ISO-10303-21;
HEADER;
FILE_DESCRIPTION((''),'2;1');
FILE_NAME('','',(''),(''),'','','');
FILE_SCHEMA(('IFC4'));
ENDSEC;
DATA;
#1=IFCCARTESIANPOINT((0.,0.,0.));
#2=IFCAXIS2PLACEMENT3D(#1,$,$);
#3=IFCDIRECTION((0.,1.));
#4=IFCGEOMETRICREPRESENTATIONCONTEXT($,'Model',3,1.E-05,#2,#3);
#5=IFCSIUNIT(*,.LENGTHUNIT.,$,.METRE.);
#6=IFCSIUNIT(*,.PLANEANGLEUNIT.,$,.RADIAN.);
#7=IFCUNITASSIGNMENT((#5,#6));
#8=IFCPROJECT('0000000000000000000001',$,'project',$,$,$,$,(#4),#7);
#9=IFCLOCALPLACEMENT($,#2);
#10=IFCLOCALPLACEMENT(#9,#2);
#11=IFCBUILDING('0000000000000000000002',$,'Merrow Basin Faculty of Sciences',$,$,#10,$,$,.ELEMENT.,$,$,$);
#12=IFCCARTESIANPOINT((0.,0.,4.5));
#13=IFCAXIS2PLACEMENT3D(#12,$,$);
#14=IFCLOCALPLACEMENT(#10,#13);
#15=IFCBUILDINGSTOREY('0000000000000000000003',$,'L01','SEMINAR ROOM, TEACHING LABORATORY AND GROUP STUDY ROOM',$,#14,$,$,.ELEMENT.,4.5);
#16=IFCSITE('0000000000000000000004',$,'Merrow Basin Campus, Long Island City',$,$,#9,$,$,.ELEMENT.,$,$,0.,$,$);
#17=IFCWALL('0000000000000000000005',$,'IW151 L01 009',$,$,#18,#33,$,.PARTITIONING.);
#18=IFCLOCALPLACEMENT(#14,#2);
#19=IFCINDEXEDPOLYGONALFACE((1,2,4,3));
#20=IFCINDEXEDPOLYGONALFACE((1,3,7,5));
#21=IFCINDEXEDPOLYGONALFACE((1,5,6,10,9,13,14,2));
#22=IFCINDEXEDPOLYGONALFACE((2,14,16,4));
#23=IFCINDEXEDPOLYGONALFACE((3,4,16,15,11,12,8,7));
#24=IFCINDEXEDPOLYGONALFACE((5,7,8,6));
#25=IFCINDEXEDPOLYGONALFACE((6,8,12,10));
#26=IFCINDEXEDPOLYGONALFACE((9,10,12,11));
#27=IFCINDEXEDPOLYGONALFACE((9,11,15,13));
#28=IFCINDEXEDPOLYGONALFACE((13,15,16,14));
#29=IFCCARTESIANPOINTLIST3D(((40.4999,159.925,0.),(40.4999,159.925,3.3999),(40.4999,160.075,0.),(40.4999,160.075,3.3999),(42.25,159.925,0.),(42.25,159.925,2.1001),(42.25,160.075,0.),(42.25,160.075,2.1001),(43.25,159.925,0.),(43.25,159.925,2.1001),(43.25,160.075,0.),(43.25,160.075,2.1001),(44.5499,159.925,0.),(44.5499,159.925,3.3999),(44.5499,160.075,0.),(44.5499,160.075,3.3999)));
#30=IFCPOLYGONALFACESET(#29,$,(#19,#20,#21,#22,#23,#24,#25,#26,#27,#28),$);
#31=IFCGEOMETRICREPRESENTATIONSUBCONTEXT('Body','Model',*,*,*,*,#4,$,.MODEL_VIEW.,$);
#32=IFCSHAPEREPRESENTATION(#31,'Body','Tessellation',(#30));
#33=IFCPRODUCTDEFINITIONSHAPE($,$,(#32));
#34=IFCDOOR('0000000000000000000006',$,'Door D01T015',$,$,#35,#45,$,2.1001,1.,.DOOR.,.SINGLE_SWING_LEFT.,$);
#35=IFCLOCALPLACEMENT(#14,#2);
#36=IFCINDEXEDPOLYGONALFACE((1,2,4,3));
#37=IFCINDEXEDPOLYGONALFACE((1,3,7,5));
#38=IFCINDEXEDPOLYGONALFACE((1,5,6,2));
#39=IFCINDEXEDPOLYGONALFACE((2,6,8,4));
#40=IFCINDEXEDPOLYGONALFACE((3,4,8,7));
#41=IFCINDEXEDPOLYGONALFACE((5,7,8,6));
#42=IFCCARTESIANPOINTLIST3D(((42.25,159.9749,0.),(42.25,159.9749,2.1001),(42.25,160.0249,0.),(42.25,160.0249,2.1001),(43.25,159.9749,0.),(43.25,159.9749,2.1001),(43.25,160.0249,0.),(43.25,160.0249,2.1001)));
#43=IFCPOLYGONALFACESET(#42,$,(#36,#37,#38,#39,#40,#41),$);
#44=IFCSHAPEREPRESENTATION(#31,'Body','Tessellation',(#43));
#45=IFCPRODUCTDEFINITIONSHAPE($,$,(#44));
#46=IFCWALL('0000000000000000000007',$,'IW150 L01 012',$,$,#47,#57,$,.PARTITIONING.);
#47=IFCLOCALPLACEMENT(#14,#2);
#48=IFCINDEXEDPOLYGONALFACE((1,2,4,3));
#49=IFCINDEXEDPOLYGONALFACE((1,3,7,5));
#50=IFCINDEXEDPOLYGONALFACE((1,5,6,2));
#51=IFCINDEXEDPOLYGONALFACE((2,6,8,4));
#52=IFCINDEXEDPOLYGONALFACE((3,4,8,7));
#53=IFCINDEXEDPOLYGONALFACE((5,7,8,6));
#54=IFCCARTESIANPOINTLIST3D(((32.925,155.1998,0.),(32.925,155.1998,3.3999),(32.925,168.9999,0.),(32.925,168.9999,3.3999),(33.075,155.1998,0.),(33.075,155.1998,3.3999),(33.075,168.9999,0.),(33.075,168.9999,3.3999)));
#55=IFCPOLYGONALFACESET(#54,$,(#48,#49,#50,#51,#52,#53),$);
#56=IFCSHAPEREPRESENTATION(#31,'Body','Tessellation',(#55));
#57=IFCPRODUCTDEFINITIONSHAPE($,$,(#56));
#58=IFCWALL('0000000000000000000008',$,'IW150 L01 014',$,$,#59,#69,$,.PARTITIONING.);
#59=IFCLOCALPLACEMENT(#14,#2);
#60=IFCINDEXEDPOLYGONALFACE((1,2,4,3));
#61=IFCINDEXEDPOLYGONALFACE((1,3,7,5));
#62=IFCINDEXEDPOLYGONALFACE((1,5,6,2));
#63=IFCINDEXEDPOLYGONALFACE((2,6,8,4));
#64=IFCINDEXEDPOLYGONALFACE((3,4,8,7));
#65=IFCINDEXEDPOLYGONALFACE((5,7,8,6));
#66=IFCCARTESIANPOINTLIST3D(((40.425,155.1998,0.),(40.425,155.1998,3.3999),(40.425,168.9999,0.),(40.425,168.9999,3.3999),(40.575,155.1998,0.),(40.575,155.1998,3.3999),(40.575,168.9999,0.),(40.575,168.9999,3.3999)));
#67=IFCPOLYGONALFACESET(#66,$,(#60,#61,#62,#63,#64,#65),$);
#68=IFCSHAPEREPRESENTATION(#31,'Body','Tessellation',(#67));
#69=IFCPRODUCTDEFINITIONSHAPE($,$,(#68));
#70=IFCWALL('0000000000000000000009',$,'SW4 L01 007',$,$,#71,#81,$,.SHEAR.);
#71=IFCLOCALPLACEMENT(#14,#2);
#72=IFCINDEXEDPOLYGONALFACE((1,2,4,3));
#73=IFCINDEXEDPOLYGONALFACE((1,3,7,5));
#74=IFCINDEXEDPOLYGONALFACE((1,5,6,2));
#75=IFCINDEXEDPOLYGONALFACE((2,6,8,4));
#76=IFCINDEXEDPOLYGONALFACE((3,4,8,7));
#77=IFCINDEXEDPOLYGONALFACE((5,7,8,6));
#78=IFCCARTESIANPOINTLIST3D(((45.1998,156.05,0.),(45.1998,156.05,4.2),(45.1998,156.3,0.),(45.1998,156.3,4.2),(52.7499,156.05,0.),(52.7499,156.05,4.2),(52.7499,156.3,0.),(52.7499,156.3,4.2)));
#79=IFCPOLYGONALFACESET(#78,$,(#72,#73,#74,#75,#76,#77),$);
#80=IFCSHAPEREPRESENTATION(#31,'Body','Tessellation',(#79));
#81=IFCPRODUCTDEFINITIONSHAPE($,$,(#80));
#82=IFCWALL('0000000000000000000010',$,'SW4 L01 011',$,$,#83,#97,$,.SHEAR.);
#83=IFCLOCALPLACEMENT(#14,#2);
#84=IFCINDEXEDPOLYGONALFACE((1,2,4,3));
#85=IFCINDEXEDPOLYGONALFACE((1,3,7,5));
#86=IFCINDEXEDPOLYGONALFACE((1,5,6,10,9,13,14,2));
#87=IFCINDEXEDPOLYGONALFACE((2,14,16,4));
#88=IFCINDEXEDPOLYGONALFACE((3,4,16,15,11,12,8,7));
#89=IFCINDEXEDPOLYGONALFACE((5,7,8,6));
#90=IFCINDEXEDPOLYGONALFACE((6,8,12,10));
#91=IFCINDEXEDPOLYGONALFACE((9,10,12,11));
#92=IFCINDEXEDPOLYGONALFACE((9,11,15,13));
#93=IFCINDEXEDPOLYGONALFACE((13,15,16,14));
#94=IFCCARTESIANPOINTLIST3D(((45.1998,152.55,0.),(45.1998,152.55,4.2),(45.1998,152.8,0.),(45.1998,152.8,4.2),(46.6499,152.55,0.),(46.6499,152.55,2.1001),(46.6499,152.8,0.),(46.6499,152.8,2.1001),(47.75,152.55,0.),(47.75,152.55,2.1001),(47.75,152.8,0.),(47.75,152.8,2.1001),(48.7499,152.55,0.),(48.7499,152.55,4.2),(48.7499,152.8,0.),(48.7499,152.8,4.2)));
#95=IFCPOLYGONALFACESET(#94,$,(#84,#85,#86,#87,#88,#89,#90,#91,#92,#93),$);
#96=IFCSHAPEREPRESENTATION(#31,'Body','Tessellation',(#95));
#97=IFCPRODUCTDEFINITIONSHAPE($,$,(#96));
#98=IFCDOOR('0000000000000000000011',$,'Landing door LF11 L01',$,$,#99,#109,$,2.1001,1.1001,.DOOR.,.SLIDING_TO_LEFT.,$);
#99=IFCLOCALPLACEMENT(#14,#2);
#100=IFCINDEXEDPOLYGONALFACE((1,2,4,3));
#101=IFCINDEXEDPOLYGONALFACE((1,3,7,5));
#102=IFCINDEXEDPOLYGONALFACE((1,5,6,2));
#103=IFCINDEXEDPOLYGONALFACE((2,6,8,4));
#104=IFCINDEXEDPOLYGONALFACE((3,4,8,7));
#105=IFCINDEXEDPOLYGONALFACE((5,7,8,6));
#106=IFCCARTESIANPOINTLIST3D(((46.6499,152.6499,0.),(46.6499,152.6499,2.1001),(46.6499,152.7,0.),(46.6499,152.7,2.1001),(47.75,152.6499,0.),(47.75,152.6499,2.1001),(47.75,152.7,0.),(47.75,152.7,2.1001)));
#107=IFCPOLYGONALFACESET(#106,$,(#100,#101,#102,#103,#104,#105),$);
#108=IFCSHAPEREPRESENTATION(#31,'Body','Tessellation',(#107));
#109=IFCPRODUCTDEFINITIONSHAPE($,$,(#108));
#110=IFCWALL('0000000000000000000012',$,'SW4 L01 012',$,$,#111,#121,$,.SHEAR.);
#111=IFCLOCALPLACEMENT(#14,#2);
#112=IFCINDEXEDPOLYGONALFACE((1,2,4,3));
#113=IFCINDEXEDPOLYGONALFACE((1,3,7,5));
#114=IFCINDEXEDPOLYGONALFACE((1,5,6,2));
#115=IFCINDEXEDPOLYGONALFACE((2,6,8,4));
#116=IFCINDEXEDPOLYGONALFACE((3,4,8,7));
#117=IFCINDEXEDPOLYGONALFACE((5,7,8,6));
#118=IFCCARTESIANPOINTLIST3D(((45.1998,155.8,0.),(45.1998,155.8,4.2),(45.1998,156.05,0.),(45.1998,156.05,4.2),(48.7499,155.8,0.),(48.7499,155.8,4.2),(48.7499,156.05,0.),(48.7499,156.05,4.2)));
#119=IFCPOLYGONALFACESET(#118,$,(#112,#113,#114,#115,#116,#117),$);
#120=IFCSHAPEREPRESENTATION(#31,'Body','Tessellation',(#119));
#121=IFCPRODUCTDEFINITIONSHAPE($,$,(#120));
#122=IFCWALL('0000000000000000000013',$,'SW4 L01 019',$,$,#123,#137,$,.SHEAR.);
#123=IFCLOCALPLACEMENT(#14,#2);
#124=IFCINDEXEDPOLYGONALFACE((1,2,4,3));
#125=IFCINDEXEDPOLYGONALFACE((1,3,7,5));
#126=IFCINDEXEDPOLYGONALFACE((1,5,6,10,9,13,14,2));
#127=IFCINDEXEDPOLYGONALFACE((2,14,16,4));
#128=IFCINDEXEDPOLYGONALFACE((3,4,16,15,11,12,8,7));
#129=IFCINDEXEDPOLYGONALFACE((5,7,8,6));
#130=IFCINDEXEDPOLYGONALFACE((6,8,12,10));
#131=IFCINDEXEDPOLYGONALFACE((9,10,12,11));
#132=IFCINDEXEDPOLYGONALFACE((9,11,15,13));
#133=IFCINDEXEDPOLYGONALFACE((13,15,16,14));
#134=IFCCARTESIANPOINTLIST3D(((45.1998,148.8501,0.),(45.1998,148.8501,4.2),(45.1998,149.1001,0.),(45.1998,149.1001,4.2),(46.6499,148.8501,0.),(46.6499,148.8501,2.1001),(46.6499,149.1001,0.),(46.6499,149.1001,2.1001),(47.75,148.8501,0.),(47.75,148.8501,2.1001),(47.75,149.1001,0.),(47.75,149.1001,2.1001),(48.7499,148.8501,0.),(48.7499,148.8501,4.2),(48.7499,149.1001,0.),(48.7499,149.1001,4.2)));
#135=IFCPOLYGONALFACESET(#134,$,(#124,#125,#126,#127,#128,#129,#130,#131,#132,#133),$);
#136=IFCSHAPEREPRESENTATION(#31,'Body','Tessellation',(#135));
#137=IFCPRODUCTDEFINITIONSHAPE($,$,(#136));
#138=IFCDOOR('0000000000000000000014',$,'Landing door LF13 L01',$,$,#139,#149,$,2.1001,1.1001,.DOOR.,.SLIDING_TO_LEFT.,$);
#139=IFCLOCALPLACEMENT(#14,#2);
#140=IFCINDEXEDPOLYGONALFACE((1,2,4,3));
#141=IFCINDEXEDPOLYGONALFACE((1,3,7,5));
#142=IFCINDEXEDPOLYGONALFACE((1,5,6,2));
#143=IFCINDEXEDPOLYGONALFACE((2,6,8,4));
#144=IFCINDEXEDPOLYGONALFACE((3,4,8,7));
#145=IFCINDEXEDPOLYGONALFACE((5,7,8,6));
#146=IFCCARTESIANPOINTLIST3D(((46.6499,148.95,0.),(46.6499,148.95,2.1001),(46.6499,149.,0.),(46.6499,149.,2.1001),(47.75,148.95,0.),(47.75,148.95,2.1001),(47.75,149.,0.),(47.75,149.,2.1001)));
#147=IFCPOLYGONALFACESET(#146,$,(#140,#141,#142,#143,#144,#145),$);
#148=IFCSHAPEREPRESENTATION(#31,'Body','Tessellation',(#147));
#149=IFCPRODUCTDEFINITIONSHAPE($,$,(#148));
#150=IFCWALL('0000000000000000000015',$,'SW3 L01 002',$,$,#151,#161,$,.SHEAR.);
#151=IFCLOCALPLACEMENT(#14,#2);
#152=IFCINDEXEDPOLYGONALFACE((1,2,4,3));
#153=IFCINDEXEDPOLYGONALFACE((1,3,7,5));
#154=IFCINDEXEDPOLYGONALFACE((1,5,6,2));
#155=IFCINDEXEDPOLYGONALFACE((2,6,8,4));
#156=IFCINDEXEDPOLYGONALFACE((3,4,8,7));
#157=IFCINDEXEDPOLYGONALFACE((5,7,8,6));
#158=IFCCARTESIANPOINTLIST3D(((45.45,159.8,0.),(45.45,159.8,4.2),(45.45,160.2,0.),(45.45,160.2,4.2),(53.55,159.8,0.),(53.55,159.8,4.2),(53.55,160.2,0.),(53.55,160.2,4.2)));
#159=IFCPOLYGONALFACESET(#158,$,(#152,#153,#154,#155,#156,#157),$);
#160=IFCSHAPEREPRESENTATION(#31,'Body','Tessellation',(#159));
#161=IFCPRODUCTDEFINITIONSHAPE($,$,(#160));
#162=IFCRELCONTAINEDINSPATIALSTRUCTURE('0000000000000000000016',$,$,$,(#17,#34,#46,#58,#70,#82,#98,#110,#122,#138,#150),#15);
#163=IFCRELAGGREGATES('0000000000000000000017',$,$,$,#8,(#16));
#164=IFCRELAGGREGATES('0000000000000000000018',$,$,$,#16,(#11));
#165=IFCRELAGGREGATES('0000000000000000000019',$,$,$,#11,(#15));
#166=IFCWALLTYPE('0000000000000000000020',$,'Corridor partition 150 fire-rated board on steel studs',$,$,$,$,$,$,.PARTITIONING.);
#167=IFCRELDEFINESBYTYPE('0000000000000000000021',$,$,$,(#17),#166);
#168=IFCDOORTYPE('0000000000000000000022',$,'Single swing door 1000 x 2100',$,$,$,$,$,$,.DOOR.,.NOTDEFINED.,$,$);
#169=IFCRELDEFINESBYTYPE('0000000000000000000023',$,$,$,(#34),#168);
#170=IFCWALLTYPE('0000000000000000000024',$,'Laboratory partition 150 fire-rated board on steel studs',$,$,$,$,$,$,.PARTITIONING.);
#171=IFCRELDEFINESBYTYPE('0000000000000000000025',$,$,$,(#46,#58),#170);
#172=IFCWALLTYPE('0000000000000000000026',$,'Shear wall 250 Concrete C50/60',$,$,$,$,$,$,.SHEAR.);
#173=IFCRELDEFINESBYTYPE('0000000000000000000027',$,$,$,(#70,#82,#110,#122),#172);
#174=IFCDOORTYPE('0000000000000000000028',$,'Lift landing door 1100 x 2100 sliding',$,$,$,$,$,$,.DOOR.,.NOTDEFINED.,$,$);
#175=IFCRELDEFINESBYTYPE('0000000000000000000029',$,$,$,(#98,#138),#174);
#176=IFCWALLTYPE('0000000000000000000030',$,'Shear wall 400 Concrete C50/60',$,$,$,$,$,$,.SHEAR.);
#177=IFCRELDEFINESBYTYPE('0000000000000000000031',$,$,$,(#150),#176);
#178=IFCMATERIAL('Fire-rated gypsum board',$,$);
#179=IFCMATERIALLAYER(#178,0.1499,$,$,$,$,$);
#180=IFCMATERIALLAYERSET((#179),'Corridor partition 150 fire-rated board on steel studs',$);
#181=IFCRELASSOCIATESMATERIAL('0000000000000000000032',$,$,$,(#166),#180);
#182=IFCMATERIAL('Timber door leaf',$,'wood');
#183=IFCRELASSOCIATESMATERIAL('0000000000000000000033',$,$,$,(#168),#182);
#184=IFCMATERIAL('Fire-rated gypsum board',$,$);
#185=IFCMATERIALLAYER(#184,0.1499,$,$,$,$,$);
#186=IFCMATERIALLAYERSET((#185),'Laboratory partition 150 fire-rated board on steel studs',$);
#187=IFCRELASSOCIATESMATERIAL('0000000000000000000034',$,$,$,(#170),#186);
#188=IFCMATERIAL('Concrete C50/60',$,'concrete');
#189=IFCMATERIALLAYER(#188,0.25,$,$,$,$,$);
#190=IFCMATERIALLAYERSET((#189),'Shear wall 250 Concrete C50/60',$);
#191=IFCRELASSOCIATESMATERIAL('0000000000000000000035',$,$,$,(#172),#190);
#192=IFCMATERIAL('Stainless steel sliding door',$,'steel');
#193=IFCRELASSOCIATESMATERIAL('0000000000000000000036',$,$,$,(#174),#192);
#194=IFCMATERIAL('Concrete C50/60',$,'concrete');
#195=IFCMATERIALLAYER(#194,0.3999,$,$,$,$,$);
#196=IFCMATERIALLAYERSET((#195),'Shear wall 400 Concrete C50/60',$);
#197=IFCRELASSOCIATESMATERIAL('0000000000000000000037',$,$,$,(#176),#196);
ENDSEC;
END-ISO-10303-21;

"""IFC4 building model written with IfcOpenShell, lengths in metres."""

from ifc_helpers import new_model, si_unit, direction, frame, frame_2d, origin, place, context, subcontext, project, spatial, rectangle, extrude, material, layer, layer_set, type_object, element, fill, save


model = new_model("IFC4")

# Units and contexts
model_context = context("Model", 3, precision=1e-05, world=origin(), true_north=direction((0.0, 1.0)))
body_context = subcontext(model_context, "Body", "Model", "MODEL_VIEW")
ifc_project = project(units=[si_unit("LENGTHUNIT", "METRE"), si_unit("PLANEANGLEUNIT", "RADIAN")], contexts=[model_context])

# Site, building, storey
site_placement = place(None, origin())
site = spatial("IfcSite", under=ifc_project, at=site_placement, Name="Merrow Basin Campus, Long Island City", CompositionType="ELEMENT", RefElevation=0.0)
building_placement = place(site_placement, origin())
building = spatial("IfcBuilding", under=site, at=building_placement, Name="Merrow Basin Faculty of Sciences", CompositionType="ELEMENT")
storey_placement = place(building_placement, frame((0.0, 0.0, 4.5)))
storey = spatial("IfcBuildingStorey", under=building, at=storey_placement, Name="L01", Description="SEMINAR ROOM, TEACHING LABORATORY AND GROUP STUDY ROOM", CompositionType="ELEMENT", Elevation=4.5)

# Shared definitions
ifc_material_1 = material(Name="Fire-rated gypsum board")
ifc_layer_1 = layer(ifc_material_1, 0.1499)
ifc_layer_set_1 = layer_set([ifc_layer_1], Name="Corridor partition 150 fire-rated board on steel studs")
wall_type_1 = type_object("IfcWallType", Name="Corridor partition 150 fire-rated board on steel studs", PredefinedType="PARTITIONING", material=ifc_layer_set_1)

# Wall, opening, door
wall_1_placement = place(storey_placement, frame((40.5, 160.0, 0.0), z_axis=(0.0, 0.0, 1.0), x_axis=(1.0, 0.0, 0.0)))
wall_1 = element("IfcWall", 1, at=wall_1_placement, inside=storey, type_object=wall_type_1, Name="IW151 L01 009", PredefinedType="PARTITIONING", context=body_context, shape_type="SweptSolid", body=[
    extrude(rectangle(XDim=4.05, YDim=0.1499, at=frame_2d((2.0249, 0.0))), origin(), (0.0, 0.0, 1.0), 3.3999),
])
opening_1_placement = place(wall_1_placement, frame((1.75, 0.0, 0.0)))
opening_1 = element("IfcOpeningElement", 2, at=opening_1_placement, cuts=wall_1, PredefinedType="OPENING", context=body_context, shape_type="SweptSolid", body=[
    extrude(rectangle(XDim=1.0, YDim=2.1001, at=frame_2d((0.5, 1.05))), frame((0.0, 0.085, 0.0), z_axis=(0.0, -1.0, 0.0), x_axis=(1.0, 0.0, 0.0)), (0.0, 0.0, 1.0), 0.1699),
])
ifc_material_2 = material(Name="Timber door leaf", Category="wood")
door_type_1 = type_object("IfcDoorType", Name="Single swing door 1000 x 2100", OperationType="NOTDEFINED", PredefinedType="DOOR", material=ifc_material_2)
door_1_placement = place(opening_1_placement, origin())
door_1 = element("IfcDoor", 3, at=door_1_placement, inside=storey, type_object=door_type_1, Name="Door D01T015", OperationType="SINGLE_SWING_LEFT", OverallHeight=2.1001, OverallWidth=1.0, PredefinedType="DOOR", context=body_context, shape_type="SweptSolid", body=[
    extrude(rectangle(XDim=1.0, YDim=2.1001, at=frame_2d((0.5, 1.05))), frame((0.0, 0.0249, 0.0), z_axis=(0.0, -1.0, 0.0), x_axis=(1.0, 0.0, 0.0)), (0.0, 0.0, 1.0), 0.05),
])
fill(opening_1, door_1)

# Walls
ifc_material_3 = material(Name="Fire-rated gypsum board")
ifc_layer_2 = layer(ifc_material_3, 0.1499)
ifc_layer_set_2 = layer_set([ifc_layer_2], Name="Laboratory partition 150 fire-rated board on steel studs")
wall_type_2 = type_object("IfcWallType", Name="Laboratory partition 150 fire-rated board on steel studs", PredefinedType="PARTITIONING", material=ifc_layer_set_2)
for number, where, z_axis, x_axis, name in (
    (4, (33.0, 155.2, 0.0), (0.0, 0.0, 1.0), (0.0, 1.0, 0.0), "IW150 L01 012"),
    (5, (40.5, 155.2, 0.0), (0.0, 0.0, 1.0), (0.0, 1.0, 0.0), "IW150 L01 014"),
):
    element("IfcWall", number, at=place(storey_placement, frame(where, z_axis=z_axis, x_axis=x_axis)), inside=storey, type_object=wall_type_2, Name=name, PredefinedType="PARTITIONING", context=body_context, shape_type="SweptSolid", body=[
        extrude(rectangle(XDim=13.8, YDim=0.1499, at=frame_2d((6.8999, 0.0))), origin(), (0.0, 0.0, 1.0), 3.3999),
    ])
ifc_material_4 = material(Name="Concrete C50/60", Category="concrete")
ifc_layer_3 = layer(ifc_material_4, 0.25)
ifc_layer_set_3 = layer_set([ifc_layer_3], Name="Shear wall 250 Concrete C50/60")
wall_type_3 = type_object("IfcWallType", Name="Shear wall 250 Concrete C50/60", PredefinedType="SHEAR", material=ifc_layer_set_3)
wall_2_placement = place(storey_placement, frame((45.2, 156.175, 0.0), z_axis=(0.0, 0.0, 1.0), x_axis=(1.0, 0.0, 0.0)))
element("IfcWall", 6, at=wall_2_placement, inside=storey, type_object=wall_type_3, Name="SW4 L01 007", PredefinedType="SHEAR", context=body_context, shape_type="SweptSolid", body=[
    extrude(rectangle(XDim=7.55, YDim=0.25, at=frame_2d((3.7749, 0.0))), origin(), (0.0, 0.0, 1.0), 4.2),
])

# Wall, opening, door
wall_3_placement = place(storey_placement, frame((45.2, 152.675, 0.0), z_axis=(0.0, 0.0, 1.0), x_axis=(1.0, 0.0, 0.0)))
wall_3 = element("IfcWall", 7, at=wall_3_placement, inside=storey, type_object=wall_type_3, Name="SW4 L01 011", PredefinedType="SHEAR", context=body_context, shape_type="SweptSolid", body=[
    extrude(rectangle(XDim=3.55, YDim=0.25, at=frame_2d((1.7749, 0.0))), origin(), (0.0, 0.0, 1.0), 4.2),
])
opening_2_placement = place(wall_3_placement, frame((1.45, 0.0, 0.0)))
opening_2 = element("IfcOpeningElement", 8, at=opening_2_placement, cuts=wall_3, PredefinedType="OPENING", context=body_context, shape_type="SweptSolid", body=[
    extrude(rectangle(XDim=1.1001, YDim=2.1001, at=frame_2d((0.55, 1.05))), frame((0.0, 0.135, 0.0), z_axis=(0.0, -1.0, 0.0), x_axis=(1.0, 0.0, 0.0)), (0.0, 0.0, 1.0), 0.27),
])
ifc_material_5 = material(Name="Stainless steel sliding door", Category="steel")
door_type_2 = type_object("IfcDoorType", Name="Lift landing door 1100 x 2100 sliding", OperationType="NOTDEFINED", PredefinedType="DOOR", material=ifc_material_5)
door_2_placement = place(opening_2_placement, origin())
door_2 = element("IfcDoor", 9, at=door_2_placement, inside=storey, type_object=door_type_2, Name="Landing door LF11 L01", OperationType="SLIDING_TO_LEFT", OverallHeight=2.1001, OverallWidth=1.1001, PredefinedType="DOOR", context=body_context, shape_type="SweptSolid", body=[
    extrude(rectangle(XDim=1.1001, YDim=2.1001, at=frame_2d((0.55, 1.05))), frame((0.0, 0.0249, 0.0), z_axis=(0.0, -1.0, 0.0), x_axis=(1.0, 0.0, 0.0)), (0.0, 0.0, 1.0), 0.05),
])
fill(opening_2, door_2)

# Wall
wall_4_placement = place(storey_placement, frame((45.2, 155.925, 0.0), z_axis=(0.0, 0.0, 1.0), x_axis=(1.0, 0.0, 0.0)))
element("IfcWall", 10, at=wall_4_placement, inside=storey, type_object=wall_type_3, Name="SW4 L01 012", PredefinedType="SHEAR", context=body_context, shape_type="SweptSolid", body=[
    extrude(rectangle(XDim=3.55, YDim=0.25, at=frame_2d((1.7749, 0.0))), origin(), (0.0, 0.0, 1.0), 4.2),
])

# Wall, opening, door
wall_5_placement = place(storey_placement, frame((45.2, 148.9751, 0.0), z_axis=(0.0, 0.0, 1.0), x_axis=(1.0, 0.0, 0.0)))
wall_5 = element("IfcWall", 11, at=wall_5_placement, inside=storey, type_object=wall_type_3, Name="SW4 L01 019", PredefinedType="SHEAR", context=body_context, shape_type="SweptSolid", body=[
    extrude(rectangle(XDim=3.55, YDim=0.25, at=frame_2d((1.7749, 0.0))), origin(), (0.0, 0.0, 1.0), 4.2),
])
opening_3_placement = place(wall_5_placement, frame((1.45, 0.0, 0.0)))
opening_3 = element("IfcOpeningElement", 12, at=opening_3_placement, cuts=wall_5, PredefinedType="OPENING", context=body_context, shape_type="SweptSolid", body=[
    extrude(rectangle(XDim=1.1001, YDim=2.1001, at=frame_2d((0.55, 1.05))), frame((0.0, 0.135, 0.0), z_axis=(0.0, -1.0, 0.0), x_axis=(1.0, 0.0, 0.0)), (0.0, 0.0, 1.0), 0.27),
])
door_3_placement = place(opening_3_placement, origin())
door_3 = element("IfcDoor", 13, at=door_3_placement, inside=storey, type_object=door_type_2, Name="Landing door LF13 L01", OperationType="SLIDING_TO_LEFT", OverallHeight=2.1001, OverallWidth=1.1001, PredefinedType="DOOR", context=body_context, shape_type="SweptSolid", body=[
    extrude(rectangle(XDim=1.1001, YDim=2.1001, at=frame_2d((0.55, 1.05))), frame((0.0, 0.0249, 0.0), z_axis=(0.0, -1.0, 0.0), x_axis=(1.0, 0.0, 0.0)), (0.0, 0.0, 1.0), 0.05),
])
fill(opening_3, door_3)

# Wall
ifc_material_6 = material(Name="Concrete C50/60", Category="concrete")
ifc_layer_4 = layer(ifc_material_6, 0.3999)
ifc_layer_set_4 = layer_set([ifc_layer_4], Name="Shear wall 400 Concrete C50/60")
wall_type_4 = type_object("IfcWallType", Name="Shear wall 400 Concrete C50/60", PredefinedType="SHEAR", material=ifc_layer_set_4)
wall_6_placement = place(storey_placement, frame((45.45, 160.0, 0.0), z_axis=(0.0, 0.0, 1.0), x_axis=(1.0, 0.0, 0.0)))
element("IfcWall", 14, at=wall_6_placement, inside=storey, type_object=wall_type_4, Name="SW3 L01 002", PredefinedType="SHEAR", context=body_context, shape_type="SweptSolid", body=[
    extrude(rectangle(XDim=8.1001, YDim=0.3999, at=frame_2d((4.05, 0.0))), origin(), (0.0, 0.0, 1.0), 4.2),
])

save(model, "model.ifc")
